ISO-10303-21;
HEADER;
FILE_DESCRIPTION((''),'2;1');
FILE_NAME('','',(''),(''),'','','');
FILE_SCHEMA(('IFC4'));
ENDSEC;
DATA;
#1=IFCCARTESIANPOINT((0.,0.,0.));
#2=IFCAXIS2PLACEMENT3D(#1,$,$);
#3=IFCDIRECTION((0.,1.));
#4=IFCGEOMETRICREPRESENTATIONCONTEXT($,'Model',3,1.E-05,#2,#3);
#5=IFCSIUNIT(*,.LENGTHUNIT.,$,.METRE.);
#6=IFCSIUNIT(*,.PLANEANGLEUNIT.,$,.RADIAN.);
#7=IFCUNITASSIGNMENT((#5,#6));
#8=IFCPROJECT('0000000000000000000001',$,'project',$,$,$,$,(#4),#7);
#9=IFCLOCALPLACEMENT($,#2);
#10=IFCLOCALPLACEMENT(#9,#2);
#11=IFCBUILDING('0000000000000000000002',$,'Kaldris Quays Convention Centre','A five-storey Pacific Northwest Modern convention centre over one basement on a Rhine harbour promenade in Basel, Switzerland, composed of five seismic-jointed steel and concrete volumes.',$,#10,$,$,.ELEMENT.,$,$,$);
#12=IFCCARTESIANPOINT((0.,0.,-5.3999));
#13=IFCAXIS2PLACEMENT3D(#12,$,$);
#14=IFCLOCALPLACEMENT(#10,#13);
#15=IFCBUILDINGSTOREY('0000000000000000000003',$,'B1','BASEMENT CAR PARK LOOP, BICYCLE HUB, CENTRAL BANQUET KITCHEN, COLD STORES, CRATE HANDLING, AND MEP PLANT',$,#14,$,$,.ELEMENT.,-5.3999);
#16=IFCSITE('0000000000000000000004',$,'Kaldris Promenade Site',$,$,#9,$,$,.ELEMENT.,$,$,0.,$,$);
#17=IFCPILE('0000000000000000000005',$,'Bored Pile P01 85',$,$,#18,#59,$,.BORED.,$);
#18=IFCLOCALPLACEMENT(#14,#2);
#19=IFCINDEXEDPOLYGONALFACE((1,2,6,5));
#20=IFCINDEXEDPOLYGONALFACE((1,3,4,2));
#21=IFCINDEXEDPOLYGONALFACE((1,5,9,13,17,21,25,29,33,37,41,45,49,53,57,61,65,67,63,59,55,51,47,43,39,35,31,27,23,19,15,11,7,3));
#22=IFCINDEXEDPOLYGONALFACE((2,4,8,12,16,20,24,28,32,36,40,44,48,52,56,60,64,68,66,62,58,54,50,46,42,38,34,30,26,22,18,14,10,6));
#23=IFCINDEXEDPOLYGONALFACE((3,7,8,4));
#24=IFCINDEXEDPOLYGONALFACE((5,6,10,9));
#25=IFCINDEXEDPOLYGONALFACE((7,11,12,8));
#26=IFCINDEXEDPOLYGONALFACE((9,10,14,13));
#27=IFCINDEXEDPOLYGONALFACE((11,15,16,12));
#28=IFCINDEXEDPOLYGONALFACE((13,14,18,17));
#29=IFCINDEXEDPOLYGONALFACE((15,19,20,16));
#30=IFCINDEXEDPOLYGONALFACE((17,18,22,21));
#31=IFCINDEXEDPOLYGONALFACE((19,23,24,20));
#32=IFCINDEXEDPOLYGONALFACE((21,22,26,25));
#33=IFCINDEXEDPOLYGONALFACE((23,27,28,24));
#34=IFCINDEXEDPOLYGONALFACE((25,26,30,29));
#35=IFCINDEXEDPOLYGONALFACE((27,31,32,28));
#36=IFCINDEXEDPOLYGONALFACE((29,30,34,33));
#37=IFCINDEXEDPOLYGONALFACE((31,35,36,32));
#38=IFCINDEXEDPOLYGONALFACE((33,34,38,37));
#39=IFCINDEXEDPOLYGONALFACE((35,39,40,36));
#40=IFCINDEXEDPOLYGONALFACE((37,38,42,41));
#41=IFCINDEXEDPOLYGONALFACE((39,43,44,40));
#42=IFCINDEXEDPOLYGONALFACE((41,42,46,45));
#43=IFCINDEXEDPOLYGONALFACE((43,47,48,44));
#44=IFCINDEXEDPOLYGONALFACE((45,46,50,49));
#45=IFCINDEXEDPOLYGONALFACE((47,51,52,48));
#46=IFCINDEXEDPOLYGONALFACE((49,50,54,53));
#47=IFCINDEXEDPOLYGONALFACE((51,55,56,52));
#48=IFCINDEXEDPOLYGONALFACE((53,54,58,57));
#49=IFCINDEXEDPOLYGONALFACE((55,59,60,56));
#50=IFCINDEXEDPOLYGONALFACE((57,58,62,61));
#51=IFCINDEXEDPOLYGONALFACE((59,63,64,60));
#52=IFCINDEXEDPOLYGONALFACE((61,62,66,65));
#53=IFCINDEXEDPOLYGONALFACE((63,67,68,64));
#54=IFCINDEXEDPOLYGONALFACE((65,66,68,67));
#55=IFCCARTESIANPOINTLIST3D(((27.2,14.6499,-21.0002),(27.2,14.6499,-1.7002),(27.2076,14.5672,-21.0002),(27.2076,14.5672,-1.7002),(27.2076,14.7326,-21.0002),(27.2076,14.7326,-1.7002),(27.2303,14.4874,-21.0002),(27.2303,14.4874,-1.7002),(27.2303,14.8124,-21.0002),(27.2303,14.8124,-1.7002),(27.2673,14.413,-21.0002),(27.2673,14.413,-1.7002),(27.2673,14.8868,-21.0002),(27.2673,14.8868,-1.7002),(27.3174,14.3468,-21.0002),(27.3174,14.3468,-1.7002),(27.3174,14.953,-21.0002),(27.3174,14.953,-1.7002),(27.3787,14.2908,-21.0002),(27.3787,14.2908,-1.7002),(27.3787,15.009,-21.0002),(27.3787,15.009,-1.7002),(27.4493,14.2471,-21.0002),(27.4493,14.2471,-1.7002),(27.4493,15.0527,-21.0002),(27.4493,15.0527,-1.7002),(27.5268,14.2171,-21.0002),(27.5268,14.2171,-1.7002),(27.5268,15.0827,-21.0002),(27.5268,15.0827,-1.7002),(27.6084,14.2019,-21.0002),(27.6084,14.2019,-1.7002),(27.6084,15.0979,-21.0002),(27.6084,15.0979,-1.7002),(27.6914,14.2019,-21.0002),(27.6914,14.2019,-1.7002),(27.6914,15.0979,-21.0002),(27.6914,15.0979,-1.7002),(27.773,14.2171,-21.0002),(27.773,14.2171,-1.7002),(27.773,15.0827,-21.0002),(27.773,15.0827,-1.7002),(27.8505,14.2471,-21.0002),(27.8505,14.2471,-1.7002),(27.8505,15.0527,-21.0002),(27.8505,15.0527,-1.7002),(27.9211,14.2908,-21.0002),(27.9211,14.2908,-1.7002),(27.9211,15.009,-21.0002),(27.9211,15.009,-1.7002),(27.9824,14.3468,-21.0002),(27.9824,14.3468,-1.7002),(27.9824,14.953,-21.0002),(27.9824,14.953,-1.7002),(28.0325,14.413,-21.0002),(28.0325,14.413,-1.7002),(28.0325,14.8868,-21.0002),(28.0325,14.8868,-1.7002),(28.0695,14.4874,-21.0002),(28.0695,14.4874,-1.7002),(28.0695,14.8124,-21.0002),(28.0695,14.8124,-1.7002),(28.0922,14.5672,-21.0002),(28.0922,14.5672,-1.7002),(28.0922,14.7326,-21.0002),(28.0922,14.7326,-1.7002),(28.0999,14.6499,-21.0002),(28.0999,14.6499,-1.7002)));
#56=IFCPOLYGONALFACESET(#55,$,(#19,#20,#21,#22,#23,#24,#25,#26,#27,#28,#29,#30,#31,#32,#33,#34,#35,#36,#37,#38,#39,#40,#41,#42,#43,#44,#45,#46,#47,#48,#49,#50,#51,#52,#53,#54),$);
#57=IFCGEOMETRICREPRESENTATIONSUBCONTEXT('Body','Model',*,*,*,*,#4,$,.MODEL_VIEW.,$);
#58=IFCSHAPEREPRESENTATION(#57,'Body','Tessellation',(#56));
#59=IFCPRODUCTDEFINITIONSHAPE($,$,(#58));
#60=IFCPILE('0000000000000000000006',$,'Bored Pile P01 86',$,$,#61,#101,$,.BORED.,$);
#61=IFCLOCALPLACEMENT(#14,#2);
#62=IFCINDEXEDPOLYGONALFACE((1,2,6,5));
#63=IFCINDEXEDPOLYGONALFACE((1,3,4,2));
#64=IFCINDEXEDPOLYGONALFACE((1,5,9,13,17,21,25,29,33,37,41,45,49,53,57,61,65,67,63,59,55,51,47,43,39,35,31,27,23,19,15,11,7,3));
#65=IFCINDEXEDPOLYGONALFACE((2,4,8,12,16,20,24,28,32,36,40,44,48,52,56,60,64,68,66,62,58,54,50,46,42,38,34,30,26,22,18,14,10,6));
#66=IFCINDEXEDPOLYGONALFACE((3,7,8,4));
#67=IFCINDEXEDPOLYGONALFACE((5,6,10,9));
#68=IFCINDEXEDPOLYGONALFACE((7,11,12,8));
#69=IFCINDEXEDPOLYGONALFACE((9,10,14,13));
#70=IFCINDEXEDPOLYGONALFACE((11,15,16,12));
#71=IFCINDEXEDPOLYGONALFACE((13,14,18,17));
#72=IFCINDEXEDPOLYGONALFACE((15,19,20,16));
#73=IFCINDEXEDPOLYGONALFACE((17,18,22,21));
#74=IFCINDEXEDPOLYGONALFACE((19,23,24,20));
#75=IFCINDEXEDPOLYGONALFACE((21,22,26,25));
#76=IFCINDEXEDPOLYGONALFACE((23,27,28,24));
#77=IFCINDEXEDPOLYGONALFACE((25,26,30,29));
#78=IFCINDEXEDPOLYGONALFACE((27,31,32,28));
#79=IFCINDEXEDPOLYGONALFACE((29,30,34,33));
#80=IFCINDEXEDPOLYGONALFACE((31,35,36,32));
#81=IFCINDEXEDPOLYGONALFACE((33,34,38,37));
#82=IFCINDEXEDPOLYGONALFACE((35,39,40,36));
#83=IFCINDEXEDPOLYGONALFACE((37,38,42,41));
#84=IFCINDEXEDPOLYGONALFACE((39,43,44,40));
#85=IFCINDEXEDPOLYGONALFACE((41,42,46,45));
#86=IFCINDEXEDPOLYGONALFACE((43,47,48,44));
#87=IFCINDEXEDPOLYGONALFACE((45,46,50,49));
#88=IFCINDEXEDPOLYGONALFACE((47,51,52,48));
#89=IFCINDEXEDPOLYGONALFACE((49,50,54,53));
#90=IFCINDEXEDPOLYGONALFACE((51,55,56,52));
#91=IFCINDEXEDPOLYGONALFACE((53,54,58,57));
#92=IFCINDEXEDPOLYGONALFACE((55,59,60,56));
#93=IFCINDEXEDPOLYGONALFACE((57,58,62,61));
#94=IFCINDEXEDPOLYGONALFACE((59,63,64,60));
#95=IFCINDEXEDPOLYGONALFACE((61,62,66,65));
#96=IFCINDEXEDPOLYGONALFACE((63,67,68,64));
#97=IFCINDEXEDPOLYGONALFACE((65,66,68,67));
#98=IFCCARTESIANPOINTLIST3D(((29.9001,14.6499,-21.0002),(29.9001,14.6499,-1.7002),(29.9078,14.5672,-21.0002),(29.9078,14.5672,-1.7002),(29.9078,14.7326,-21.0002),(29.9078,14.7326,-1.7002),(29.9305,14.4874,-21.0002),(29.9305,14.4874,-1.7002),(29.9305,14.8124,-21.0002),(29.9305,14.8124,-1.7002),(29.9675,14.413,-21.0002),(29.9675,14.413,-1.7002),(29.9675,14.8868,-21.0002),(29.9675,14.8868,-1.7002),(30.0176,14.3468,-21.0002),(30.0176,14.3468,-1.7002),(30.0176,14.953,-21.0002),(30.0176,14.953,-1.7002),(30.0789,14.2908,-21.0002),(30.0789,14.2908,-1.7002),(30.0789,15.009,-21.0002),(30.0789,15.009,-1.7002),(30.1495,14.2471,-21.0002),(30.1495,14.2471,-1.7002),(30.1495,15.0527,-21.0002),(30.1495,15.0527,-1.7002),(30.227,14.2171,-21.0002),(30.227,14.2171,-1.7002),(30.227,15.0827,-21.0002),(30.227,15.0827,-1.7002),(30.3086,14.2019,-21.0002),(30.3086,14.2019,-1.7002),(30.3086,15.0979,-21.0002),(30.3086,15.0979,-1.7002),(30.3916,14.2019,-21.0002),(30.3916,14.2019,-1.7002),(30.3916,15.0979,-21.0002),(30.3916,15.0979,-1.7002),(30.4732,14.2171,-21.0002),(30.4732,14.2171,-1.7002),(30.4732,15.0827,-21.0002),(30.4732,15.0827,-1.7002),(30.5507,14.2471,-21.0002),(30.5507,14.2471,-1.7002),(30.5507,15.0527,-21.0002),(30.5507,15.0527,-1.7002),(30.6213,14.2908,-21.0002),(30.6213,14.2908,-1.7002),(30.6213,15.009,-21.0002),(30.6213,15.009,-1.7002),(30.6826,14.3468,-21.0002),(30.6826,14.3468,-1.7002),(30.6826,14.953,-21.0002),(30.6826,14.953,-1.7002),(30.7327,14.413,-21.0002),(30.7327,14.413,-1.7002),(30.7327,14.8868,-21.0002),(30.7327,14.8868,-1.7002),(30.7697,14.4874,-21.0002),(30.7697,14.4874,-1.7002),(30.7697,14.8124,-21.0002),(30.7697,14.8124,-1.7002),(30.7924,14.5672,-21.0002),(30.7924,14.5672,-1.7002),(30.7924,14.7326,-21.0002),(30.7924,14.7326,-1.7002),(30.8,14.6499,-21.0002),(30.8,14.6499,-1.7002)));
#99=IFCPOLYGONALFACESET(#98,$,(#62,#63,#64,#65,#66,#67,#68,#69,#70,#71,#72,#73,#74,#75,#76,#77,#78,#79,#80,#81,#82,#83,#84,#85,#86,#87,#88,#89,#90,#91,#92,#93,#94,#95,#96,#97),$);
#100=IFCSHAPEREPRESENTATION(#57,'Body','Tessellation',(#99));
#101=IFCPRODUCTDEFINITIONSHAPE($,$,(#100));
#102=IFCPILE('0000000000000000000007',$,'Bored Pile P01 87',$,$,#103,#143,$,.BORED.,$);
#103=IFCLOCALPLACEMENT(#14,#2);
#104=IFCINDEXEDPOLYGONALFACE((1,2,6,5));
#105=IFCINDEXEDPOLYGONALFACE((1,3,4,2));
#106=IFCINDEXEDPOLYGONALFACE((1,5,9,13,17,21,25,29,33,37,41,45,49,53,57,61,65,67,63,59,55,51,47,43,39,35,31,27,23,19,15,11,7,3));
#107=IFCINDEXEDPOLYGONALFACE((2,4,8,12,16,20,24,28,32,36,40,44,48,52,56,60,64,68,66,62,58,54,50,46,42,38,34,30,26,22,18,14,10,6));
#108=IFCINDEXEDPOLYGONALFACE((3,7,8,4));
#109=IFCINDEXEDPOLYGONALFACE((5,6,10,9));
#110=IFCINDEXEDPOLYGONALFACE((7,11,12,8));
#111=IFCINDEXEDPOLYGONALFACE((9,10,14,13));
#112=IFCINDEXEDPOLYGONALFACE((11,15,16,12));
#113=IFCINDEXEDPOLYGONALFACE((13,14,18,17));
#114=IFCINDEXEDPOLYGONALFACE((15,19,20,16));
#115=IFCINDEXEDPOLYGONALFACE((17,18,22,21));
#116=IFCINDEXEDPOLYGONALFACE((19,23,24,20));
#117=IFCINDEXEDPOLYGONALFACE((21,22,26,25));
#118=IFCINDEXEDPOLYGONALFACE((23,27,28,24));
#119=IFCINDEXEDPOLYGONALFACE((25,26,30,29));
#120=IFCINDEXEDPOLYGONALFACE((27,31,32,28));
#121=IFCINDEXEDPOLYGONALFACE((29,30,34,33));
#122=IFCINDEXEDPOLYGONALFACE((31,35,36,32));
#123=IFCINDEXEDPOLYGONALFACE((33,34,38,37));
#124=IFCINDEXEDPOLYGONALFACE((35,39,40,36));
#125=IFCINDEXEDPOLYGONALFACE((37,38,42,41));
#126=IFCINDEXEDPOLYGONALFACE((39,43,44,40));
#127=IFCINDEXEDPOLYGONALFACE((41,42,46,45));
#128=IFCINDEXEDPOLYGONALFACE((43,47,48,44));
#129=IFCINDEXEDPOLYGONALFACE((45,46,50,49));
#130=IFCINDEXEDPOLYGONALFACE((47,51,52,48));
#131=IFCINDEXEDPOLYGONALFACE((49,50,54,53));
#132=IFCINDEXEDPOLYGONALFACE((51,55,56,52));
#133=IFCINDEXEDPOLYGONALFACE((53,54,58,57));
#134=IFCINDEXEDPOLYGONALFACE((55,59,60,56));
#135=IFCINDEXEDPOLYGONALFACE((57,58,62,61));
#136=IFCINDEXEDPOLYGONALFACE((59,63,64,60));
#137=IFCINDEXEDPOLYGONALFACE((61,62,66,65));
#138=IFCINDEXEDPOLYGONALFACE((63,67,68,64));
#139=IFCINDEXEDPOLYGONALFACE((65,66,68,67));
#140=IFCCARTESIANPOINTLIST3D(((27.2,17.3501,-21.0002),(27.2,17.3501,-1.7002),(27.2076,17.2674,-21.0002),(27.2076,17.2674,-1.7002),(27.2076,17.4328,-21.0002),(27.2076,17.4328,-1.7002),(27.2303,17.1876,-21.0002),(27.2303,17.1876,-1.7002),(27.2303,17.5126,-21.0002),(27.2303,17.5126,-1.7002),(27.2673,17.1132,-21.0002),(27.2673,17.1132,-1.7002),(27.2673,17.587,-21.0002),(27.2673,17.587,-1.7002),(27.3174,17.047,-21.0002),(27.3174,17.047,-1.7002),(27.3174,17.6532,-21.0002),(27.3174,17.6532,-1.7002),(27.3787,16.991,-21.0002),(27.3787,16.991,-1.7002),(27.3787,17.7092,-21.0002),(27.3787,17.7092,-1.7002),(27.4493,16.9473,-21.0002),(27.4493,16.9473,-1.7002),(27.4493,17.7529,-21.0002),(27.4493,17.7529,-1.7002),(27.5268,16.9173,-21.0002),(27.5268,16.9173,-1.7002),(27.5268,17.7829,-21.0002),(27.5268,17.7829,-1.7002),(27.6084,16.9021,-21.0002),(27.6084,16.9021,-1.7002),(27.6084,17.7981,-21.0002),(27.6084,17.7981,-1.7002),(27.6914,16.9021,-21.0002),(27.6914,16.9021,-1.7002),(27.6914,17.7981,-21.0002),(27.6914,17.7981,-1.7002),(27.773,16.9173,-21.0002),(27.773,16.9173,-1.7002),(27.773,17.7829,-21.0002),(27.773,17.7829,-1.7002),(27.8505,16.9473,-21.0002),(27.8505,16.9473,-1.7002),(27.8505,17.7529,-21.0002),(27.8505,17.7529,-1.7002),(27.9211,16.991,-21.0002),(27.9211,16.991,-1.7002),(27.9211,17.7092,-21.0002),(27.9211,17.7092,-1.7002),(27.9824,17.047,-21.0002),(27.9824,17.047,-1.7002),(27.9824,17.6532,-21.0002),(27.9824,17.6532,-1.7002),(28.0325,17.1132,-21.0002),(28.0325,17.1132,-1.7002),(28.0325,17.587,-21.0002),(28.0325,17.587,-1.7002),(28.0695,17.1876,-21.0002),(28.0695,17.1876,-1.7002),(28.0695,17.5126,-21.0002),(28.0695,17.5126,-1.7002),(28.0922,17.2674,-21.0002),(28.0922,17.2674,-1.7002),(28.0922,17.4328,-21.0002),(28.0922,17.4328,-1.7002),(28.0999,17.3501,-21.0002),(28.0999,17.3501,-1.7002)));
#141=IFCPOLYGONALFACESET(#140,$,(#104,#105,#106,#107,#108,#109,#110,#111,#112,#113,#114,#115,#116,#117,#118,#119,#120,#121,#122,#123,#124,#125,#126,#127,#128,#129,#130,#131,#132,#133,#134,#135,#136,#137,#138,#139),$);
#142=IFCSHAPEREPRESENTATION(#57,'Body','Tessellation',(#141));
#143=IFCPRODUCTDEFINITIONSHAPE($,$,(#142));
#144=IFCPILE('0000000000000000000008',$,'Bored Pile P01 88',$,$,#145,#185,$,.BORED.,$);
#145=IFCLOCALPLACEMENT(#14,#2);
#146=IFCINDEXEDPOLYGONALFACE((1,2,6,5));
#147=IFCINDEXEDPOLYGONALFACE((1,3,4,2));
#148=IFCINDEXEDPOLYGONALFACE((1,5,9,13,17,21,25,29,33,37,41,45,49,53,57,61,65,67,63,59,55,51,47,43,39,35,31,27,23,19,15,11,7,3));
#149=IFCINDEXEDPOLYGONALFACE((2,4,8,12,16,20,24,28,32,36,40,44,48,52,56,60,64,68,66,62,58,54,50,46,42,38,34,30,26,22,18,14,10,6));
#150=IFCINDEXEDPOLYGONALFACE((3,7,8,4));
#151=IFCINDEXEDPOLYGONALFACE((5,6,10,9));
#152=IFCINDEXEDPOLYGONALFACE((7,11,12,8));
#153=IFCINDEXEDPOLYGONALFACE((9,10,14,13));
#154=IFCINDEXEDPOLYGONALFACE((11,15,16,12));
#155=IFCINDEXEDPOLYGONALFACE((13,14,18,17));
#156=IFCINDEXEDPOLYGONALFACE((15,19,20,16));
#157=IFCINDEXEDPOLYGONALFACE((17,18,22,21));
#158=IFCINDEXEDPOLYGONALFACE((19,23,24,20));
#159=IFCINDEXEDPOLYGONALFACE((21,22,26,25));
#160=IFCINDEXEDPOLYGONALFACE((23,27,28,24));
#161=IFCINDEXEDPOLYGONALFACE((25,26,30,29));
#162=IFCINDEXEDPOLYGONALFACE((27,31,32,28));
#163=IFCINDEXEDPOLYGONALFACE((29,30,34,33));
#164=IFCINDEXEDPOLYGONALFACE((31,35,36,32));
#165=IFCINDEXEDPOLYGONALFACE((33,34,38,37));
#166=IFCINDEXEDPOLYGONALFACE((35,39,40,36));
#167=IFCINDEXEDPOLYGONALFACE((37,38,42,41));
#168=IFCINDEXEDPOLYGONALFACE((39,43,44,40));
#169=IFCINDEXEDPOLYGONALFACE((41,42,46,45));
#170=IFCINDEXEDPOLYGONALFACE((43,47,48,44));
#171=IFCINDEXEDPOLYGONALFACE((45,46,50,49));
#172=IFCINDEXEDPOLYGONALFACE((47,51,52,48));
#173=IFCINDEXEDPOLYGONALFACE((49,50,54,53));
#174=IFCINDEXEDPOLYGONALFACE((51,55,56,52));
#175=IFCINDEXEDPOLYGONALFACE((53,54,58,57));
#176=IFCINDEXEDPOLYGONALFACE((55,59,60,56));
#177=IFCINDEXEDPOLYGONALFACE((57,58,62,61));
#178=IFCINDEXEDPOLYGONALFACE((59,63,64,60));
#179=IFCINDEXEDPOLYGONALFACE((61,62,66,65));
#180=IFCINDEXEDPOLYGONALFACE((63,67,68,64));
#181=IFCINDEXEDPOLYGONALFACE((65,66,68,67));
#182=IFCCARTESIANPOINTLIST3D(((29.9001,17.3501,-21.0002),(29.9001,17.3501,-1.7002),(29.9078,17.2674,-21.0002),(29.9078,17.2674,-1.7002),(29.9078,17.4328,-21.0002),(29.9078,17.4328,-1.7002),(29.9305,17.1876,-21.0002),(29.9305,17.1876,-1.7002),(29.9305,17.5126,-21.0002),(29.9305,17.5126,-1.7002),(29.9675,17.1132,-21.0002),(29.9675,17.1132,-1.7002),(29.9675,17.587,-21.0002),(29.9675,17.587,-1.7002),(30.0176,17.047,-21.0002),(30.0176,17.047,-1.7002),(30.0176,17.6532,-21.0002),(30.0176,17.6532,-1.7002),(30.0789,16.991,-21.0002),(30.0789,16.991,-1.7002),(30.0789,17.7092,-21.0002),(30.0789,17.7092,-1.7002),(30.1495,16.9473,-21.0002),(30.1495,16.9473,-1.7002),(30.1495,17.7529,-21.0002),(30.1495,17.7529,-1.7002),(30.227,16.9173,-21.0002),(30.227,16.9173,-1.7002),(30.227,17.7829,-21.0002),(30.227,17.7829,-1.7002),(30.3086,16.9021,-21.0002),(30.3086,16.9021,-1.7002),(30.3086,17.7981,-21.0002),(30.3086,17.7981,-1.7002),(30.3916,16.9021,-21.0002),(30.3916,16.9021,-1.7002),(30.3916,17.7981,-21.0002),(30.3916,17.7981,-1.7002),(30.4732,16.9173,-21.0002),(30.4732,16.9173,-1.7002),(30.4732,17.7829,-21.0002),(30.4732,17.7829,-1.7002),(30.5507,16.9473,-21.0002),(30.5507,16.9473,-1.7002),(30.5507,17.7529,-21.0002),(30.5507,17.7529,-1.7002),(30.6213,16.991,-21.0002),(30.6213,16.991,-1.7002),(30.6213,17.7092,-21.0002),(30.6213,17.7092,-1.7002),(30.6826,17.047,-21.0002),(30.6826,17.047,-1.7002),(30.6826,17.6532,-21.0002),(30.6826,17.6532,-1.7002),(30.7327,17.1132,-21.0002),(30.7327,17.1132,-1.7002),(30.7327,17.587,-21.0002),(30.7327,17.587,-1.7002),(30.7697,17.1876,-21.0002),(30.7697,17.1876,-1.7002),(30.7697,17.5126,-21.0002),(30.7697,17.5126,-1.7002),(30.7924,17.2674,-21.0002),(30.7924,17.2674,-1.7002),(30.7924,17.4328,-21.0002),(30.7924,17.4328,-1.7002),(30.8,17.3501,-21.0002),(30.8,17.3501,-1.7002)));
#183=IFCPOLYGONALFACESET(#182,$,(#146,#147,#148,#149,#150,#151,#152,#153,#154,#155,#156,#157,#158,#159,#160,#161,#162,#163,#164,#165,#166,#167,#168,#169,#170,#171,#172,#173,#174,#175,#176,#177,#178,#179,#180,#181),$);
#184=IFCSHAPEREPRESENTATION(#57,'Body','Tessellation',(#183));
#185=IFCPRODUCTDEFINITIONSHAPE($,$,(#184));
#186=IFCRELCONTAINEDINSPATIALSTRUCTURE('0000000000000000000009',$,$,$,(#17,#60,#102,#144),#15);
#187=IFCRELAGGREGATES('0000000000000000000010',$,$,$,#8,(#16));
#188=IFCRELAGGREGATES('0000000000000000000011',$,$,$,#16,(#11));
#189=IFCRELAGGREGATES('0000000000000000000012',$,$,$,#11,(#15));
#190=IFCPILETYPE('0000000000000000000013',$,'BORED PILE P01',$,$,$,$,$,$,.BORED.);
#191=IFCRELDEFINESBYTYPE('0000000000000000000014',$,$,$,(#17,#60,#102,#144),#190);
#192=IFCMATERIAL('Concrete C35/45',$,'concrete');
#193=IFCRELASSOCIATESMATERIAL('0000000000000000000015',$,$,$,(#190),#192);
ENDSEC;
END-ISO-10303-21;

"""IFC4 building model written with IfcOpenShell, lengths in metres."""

from ifc_helpers import new_model, si_unit, direction, frame, origin, origin_2d, place, context, subcontext, project, spatial, circle, extrude, material, material_profile, profile_set, type_object, element, save


model = new_model("IFC4")

# Units and contexts
model_context = context("Model", 3, precision=1e-05, world=origin(), true_north=direction((0.0, 1.0)))
body_context = subcontext(model_context, "Body", "Model", "MODEL_VIEW")
ifc_project = project(units=[si_unit("LENGTHUNIT", "METRE"), si_unit("PLANEANGLEUNIT", "RADIAN")], contexts=[model_context])

# Site, building, storey
site_placement = place(None, origin())
site = spatial("IfcSite", under=ifc_project, at=site_placement, Name="Kaldris Promenade Site", CompositionType="ELEMENT", RefElevation=0.0)
building_placement = place(site_placement, origin())
building = spatial("IfcBuilding", under=site, at=building_placement, Name="Kaldris Quays Convention Centre", Description="A five-storey Pacific Northwest Modern convention centre over one basement on a Rhine harbour promenade in Basel, Switzerland, composed of five seismic-jointed steel and concrete volumes.", CompositionType="ELEMENT")
storey_placement = place(building_placement, frame((0.0, 0.0, -5.3999)))
storey = spatial("IfcBuildingStorey", under=building, at=storey_placement, Name="B1", Description="BASEMENT CAR PARK LOOP, BICYCLE HUB, CENTRAL BANQUET KITCHEN, COLD STORES, CRATE HANDLING, AND MEP PLANT", CompositionType="ELEMENT", Elevation=-5.3999)

# Piles
ifc_material_1 = material(Name="Concrete C35/45", Category="concrete")
ifc_material_profile_1 = material_profile(ifc_material_1, circle(Radius=0.45, at=origin_2d()), Name="BORED PILE D900")
ifc_profile_set_1 = profile_set([ifc_material_profile_1], Name="Concrete C35/45")
pile_type = type_object("IfcPileType", Name="BORED PILE P01", PredefinedType="BORED", material=ifc_profile_set_1)
for number, where, z_axis, x_axis, name in (
    (1, (27.6499, 14.6499, -1.7002), (0.0, 0.0, -1.0), (1.0, 0.0, 0.0), "Bored Pile P01 85"),
    (2, (30.3501, 14.6499, -1.7002), (0.0, 0.0, -1.0), (1.0, 0.0, 0.0), "Bored Pile P01 86"),
    (3, (27.6499, 17.3501, -1.7002), (0.0, 0.0, -1.0), (1.0, 0.0, 0.0), "Bored Pile P01 87"),
    (4, (30.3501, 17.3501, -1.7002), (0.0, 0.0, -1.0), (1.0, 0.0, 0.0), "Bored Pile P01 88"),
):
    element("IfcPile", number, at=place(storey_placement, frame(where, z_axis=z_axis, x_axis=x_axis)), inside=storey, type_object=pile_type, Name=name, PredefinedType="BORED", context=body_context, shape_type="SweptSolid", body=[
        extrude(circle(Radius=0.45, at=origin_2d()), origin(), (0.0, 0.0, 1.0), 19.3),
    ])

save(model, "model.ifc")
